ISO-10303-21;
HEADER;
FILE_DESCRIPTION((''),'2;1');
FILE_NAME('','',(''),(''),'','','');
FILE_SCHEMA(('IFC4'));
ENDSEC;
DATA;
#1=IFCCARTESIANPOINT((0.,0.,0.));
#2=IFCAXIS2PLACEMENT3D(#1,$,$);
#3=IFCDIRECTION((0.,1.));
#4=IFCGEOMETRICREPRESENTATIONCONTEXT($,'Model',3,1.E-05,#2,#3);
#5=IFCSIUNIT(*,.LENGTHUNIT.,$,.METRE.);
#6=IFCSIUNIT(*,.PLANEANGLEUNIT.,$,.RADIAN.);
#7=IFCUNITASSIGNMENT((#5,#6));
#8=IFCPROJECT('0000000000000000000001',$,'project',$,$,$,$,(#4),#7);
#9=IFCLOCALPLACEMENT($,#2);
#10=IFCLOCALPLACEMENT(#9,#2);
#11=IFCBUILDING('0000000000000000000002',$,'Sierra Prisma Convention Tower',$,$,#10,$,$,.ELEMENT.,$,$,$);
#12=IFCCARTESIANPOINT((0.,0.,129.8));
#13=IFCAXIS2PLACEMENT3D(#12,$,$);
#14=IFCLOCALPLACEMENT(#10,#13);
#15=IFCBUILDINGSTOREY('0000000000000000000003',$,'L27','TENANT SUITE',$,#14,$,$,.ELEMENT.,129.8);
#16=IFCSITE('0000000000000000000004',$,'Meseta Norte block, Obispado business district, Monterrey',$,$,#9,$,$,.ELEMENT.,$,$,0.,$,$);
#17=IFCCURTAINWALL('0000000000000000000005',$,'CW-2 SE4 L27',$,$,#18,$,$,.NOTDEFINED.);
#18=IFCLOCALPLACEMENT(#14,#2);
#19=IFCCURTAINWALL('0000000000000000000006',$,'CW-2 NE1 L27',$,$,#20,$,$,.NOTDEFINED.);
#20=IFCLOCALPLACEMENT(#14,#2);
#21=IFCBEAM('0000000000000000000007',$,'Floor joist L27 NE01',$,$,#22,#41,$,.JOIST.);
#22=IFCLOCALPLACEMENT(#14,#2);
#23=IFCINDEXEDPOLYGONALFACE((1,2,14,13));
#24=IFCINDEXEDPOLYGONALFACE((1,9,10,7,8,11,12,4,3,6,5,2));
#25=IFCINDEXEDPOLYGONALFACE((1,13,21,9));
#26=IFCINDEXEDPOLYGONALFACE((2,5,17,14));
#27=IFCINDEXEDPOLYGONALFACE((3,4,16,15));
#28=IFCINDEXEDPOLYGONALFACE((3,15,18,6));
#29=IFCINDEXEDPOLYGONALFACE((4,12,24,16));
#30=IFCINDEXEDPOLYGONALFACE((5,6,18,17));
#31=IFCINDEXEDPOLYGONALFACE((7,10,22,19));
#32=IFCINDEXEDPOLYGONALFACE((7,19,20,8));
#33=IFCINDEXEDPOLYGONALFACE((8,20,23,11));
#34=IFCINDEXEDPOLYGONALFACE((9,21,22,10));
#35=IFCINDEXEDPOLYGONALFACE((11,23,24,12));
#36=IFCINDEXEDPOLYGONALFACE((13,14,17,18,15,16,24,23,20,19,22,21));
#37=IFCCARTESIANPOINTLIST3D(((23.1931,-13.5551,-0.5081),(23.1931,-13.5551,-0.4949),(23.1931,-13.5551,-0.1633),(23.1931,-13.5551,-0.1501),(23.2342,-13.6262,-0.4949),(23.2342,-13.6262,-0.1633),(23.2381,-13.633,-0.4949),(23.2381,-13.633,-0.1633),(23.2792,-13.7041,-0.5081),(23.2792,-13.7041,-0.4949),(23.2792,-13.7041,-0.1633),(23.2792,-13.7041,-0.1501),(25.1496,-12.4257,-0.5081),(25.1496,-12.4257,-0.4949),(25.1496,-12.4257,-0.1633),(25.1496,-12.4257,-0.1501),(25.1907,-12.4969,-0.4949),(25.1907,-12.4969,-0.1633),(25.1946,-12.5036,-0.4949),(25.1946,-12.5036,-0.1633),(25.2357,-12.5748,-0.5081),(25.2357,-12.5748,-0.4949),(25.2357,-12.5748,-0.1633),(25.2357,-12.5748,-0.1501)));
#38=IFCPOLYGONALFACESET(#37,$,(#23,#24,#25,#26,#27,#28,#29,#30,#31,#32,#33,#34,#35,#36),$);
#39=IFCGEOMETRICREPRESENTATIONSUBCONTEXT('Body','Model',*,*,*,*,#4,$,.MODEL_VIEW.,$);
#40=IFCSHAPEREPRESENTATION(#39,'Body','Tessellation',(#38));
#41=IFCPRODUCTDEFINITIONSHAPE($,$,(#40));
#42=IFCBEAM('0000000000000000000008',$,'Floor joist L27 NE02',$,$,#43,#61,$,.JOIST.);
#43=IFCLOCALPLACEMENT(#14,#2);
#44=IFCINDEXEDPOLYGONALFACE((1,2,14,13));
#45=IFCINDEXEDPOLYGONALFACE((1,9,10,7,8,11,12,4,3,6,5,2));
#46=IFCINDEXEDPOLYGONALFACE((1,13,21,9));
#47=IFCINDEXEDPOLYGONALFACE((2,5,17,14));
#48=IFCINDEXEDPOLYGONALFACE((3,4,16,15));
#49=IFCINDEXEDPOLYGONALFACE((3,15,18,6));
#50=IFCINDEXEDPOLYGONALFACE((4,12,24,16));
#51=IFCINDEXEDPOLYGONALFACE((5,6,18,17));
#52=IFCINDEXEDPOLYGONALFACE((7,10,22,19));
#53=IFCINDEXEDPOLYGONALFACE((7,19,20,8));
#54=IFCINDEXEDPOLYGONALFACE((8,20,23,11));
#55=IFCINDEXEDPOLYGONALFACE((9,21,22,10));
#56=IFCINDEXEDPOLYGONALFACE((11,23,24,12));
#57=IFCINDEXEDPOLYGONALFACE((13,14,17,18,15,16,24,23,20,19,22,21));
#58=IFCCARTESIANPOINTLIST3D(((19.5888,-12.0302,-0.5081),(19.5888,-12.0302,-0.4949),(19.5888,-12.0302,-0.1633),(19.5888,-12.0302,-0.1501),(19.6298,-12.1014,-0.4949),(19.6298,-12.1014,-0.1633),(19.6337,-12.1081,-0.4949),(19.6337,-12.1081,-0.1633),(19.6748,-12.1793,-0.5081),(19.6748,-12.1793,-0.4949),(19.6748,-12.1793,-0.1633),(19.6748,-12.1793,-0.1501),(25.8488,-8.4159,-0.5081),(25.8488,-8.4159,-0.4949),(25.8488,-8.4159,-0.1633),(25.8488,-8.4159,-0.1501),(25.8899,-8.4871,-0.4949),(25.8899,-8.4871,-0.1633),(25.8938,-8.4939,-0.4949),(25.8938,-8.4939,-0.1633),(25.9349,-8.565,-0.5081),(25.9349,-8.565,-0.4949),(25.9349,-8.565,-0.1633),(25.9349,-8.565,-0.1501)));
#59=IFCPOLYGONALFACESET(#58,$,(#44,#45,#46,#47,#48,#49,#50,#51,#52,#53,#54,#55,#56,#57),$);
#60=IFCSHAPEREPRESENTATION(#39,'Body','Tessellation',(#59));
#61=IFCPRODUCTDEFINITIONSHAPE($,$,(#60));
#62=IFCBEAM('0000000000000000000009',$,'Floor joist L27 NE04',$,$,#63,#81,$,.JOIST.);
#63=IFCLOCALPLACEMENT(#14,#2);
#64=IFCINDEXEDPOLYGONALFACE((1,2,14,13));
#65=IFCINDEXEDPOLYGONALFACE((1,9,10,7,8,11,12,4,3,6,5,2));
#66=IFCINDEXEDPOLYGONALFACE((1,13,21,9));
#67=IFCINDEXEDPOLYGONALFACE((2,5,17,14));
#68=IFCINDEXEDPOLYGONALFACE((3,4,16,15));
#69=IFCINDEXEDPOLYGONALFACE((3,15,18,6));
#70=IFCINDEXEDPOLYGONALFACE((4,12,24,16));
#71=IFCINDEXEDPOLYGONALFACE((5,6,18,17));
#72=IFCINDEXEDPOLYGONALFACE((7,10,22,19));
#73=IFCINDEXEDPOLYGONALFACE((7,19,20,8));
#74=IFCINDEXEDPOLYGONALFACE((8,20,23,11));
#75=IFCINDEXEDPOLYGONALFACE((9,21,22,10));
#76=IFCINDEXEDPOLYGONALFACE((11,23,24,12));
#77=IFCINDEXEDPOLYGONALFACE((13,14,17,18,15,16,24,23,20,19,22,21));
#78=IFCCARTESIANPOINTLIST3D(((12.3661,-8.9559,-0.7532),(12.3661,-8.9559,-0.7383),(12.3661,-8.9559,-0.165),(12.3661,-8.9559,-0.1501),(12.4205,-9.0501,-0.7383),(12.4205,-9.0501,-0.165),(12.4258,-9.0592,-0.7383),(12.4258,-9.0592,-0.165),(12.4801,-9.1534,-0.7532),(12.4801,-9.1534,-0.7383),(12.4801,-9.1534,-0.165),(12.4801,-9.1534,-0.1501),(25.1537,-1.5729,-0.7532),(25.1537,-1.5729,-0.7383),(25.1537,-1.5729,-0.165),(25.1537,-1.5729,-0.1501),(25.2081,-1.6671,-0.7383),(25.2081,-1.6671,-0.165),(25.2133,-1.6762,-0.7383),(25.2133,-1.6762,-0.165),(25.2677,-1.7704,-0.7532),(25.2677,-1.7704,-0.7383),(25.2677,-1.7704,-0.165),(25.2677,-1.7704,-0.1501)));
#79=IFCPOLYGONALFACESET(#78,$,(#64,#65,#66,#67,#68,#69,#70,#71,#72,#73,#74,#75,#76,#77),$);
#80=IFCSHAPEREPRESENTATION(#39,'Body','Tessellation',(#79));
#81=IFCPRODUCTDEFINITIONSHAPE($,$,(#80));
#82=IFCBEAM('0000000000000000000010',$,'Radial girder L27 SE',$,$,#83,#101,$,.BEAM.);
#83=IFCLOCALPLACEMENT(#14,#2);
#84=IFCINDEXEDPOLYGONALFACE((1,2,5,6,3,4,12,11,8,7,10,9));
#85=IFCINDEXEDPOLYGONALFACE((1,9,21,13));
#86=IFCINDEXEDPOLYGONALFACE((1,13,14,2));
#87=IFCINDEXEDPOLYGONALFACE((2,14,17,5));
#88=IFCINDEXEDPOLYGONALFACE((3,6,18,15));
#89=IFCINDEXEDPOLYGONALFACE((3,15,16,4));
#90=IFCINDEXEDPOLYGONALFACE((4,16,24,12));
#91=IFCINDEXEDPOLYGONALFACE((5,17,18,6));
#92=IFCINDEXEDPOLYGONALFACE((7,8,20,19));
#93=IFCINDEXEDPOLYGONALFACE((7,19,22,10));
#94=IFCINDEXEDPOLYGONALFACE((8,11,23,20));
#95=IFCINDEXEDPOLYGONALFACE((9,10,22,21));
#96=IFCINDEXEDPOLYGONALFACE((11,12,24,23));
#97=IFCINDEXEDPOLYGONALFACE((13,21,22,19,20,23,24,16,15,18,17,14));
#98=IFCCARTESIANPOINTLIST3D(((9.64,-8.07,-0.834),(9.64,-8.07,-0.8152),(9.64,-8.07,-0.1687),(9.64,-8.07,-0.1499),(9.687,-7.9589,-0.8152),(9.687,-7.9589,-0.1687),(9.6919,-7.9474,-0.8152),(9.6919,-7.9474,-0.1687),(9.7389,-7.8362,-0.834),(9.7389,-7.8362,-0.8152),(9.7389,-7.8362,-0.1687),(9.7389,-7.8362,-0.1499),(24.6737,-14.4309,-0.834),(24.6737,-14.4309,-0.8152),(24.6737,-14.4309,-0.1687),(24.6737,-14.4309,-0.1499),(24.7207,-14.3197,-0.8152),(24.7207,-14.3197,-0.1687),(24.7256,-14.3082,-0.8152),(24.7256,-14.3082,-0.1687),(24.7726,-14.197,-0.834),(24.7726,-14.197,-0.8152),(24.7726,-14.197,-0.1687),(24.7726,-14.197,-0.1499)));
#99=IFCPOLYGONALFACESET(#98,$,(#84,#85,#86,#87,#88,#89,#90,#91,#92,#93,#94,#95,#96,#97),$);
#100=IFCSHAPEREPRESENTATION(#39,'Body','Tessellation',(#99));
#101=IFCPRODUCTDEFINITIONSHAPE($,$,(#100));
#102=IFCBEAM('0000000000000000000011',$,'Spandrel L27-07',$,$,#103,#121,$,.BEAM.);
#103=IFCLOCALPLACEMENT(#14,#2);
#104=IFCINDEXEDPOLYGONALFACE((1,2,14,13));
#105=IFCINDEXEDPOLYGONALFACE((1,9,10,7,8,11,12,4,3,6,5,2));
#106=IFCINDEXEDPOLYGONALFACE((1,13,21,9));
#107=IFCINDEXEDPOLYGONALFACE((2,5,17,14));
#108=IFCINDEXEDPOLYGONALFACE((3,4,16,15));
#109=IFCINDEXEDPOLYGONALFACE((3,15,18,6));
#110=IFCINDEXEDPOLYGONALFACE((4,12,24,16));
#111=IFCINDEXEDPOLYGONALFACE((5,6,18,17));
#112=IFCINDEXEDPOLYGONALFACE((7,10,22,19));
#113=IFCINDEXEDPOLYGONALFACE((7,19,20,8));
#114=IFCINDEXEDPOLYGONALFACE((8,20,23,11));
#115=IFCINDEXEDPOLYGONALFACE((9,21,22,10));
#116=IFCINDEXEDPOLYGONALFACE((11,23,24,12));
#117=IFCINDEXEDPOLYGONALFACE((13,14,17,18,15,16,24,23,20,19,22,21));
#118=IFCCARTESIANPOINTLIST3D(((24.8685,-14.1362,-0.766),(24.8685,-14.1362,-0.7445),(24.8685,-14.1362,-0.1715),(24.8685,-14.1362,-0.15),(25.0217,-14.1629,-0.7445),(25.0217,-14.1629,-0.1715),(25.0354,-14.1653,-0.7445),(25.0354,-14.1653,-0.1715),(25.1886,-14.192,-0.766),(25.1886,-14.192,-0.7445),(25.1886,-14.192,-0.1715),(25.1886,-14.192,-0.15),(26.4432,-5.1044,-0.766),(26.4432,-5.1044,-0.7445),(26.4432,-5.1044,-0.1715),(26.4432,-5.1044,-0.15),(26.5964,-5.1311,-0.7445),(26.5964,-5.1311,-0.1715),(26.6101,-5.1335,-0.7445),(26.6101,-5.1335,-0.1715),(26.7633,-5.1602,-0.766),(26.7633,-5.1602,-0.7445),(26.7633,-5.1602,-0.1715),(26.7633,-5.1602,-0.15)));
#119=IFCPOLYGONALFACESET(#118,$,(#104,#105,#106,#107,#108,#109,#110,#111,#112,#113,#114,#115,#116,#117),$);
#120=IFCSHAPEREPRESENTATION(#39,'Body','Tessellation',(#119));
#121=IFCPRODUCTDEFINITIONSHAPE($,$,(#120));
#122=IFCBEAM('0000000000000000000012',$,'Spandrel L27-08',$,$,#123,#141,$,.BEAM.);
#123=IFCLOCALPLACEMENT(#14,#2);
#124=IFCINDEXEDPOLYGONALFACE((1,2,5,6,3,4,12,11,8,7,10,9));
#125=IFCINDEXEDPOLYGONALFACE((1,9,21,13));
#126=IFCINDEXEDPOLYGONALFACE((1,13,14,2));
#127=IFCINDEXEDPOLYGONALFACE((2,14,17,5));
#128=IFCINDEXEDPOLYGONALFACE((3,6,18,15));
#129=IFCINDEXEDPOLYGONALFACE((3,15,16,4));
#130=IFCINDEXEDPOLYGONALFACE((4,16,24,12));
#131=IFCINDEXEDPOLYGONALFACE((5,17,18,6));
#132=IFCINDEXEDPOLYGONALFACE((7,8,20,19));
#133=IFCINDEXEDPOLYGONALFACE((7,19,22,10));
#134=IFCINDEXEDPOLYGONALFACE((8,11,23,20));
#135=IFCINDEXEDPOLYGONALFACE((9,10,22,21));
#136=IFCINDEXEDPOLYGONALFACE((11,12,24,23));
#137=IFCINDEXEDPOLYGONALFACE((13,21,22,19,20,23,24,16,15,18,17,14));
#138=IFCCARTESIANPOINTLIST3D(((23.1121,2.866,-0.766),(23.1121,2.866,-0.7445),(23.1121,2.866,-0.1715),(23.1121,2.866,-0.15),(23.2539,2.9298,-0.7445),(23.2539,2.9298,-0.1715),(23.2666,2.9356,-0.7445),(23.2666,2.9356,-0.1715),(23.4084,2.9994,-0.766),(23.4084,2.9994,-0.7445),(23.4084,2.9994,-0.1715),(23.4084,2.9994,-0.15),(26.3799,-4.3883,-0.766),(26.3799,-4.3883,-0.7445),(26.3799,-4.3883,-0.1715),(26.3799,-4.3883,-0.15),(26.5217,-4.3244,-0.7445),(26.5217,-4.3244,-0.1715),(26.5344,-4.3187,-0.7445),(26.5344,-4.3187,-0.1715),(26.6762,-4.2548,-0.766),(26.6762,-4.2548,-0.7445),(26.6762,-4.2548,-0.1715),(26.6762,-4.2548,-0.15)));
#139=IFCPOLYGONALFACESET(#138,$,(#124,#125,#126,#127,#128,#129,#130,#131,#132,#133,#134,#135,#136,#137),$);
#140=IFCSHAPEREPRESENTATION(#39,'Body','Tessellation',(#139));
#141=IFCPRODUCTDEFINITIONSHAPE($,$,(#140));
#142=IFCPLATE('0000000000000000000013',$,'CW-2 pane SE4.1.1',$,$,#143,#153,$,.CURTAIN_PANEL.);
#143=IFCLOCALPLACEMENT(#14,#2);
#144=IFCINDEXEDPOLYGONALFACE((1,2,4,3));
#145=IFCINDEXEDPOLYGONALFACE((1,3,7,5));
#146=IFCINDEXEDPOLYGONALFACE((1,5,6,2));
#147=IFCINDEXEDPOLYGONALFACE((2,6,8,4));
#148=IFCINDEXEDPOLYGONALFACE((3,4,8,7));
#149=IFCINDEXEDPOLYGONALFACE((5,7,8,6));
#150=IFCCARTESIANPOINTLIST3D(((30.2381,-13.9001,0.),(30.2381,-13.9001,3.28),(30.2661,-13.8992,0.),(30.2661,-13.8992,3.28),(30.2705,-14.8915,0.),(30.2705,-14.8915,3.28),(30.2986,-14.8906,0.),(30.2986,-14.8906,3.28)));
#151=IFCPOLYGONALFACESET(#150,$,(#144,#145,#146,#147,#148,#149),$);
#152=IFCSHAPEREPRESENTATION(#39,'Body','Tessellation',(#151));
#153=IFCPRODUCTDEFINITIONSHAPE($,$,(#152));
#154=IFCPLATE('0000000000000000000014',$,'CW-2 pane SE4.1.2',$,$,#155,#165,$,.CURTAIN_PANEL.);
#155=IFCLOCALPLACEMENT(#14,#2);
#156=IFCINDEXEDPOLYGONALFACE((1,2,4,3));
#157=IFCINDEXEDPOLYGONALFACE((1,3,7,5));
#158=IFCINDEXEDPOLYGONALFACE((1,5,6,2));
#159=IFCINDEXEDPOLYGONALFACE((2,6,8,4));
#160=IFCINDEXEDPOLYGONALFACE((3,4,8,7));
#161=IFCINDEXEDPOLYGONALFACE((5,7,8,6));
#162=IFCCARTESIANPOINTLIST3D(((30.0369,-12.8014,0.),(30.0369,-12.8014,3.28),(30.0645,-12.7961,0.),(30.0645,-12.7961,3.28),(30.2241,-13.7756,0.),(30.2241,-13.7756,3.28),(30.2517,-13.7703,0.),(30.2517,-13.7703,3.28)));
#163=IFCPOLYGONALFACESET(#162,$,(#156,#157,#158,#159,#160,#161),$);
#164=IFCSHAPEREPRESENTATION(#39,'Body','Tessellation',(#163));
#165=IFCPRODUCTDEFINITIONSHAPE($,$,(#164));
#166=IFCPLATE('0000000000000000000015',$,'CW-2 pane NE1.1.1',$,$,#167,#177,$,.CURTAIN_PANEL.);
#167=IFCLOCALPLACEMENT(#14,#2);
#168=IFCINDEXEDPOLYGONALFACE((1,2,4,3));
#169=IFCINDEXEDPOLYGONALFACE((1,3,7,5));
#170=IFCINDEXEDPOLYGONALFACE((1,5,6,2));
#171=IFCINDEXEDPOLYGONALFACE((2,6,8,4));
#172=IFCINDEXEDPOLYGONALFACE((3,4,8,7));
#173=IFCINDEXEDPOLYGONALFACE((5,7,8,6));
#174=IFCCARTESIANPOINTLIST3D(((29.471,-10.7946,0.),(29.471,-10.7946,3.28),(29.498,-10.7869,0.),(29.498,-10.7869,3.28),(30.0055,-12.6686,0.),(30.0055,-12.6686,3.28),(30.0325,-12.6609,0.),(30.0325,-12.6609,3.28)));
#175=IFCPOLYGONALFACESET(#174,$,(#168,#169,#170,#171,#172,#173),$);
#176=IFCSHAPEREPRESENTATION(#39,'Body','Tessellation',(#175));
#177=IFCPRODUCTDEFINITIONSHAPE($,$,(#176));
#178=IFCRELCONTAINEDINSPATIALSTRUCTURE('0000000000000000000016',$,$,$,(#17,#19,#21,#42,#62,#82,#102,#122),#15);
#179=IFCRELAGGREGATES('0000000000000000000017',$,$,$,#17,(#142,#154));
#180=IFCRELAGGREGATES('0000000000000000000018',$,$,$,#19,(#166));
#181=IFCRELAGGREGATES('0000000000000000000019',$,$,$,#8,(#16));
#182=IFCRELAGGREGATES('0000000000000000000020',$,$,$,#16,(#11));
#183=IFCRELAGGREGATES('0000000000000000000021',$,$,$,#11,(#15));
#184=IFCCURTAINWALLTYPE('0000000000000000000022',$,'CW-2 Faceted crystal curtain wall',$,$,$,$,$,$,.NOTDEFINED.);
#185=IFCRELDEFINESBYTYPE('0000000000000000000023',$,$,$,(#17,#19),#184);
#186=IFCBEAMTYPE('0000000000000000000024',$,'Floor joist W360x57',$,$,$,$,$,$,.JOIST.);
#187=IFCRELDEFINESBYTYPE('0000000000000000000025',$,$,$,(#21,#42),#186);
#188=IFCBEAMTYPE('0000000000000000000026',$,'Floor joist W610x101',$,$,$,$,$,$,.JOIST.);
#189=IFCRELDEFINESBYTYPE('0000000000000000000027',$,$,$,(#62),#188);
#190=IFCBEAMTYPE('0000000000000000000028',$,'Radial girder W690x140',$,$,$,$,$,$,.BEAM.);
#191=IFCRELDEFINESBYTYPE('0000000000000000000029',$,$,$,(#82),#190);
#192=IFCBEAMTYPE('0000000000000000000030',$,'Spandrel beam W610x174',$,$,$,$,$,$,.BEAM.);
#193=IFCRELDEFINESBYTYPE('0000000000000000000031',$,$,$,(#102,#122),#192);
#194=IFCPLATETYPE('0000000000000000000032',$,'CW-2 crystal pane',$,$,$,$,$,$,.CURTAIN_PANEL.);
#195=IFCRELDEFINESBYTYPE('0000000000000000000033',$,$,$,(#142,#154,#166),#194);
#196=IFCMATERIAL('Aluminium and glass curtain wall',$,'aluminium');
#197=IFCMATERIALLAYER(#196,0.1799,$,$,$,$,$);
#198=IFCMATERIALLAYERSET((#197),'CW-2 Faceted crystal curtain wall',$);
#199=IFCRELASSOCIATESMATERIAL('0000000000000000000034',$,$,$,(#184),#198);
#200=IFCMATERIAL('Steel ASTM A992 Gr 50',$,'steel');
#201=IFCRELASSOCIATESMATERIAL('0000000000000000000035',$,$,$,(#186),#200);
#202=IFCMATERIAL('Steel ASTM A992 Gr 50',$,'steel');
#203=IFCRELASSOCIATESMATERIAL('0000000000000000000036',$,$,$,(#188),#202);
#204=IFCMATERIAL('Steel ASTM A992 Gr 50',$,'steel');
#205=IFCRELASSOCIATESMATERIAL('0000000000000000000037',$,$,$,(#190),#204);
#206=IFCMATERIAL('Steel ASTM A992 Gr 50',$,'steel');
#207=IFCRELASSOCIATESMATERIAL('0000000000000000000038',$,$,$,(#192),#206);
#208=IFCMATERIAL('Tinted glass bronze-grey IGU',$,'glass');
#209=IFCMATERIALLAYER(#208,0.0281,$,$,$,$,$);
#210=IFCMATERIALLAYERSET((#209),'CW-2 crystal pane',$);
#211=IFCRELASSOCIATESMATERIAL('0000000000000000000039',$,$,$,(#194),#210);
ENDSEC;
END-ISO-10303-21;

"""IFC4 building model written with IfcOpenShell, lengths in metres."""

from ifc_helpers import new_model, si_unit, direction, frame, origin, origin_2d, place, context, subcontext, project, spatial, polyline, i_section, outline, extrude, material, layer, layer_set, material_profile, profile_set, type_object, element, aggregate, save


model = new_model("IFC4")

# Units and contexts
model_context = context("Model", 3, precision=1e-05, world=origin(), true_north=direction((0.0, 1.0)))
body_context = subcontext(model_context, "Body", "Model", "MODEL_VIEW")
ifc_project = project(units=[si_unit("LENGTHUNIT", "METRE"), si_unit("PLANEANGLEUNIT", "RADIAN")], contexts=[model_context])

# Site, building, storey
site_placement = place(None, origin())
site = spatial("IfcSite", under=ifc_project, at=site_placement, Name="Meseta Norte block, Obispado business district, Monterrey", CompositionType="ELEMENT", RefElevation=0.0)
building_placement = place(site_placement, origin())
building = spatial("IfcBuilding", under=site, at=building_placement, Name="Sierra Prisma Convention Tower", CompositionType="ELEMENT")
storey_placement = place(building_placement, frame((0.0, 0.0, 129.8)))
storey = spatial("IfcBuildingStorey", under=building, at=storey_placement, Name="L27", Description="TENANT SUITE", CompositionType="ELEMENT", Elevation=129.8)

# Curtain wall
ifc_material_1 = material(Name="Aluminium and glass curtain wall", Category="aluminium")
ifc_layer_1 = layer(ifc_material_1, 0.1799)
ifc_layer_set_1 = layer_set([ifc_layer_1], Name="CW-2 Faceted crystal curtain wall")
curtain_wall_type = type_object("IfcCurtainWallType", Name="CW-2 Faceted crystal curtain wall", PredefinedType="NOTDEFINED", material=ifc_layer_set_1)
curtain_wall_1_placement = place(storey_placement, origin())
curtain_wall_1 = element("IfcCurtainWall", 1, at=curtain_wall_1_placement, inside=storey, type_object=curtain_wall_type, Name="CW-2 SE4 L27", PredefinedType="NOTDEFINED")

# Curtain wall
curtain_wall_2_placement = place(storey_placement, origin())
curtain_wall_2 = element("IfcCurtainWall", 2, at=curtain_wall_2_placement, inside=storey, type_object=curtain_wall_type, Name="CW-2 NE1 L27", PredefinedType="NOTDEFINED")

# Beams
ifc_material_2 = material(Name="Steel ASTM A992 Gr 50", Category="steel")
ifc_material_profile_1 = material_profile(ifc_material_2, i_section(OverallWidth=0.1721, OverallDepth=0.3579, WebThickness=0.0078, FlangeThickness=0.0132, at=origin_2d()), Name="W360x57")
ifc_profile_set_1 = profile_set([ifc_material_profile_1], Name="Steel ASTM A992 Gr 50")
beam_type_1 = type_object("IfcBeamType", Name="Floor joist W360x57", PredefinedType="JOIST", material=ifc_profile_set_1)
beam_1_placement = place(storey_placement, frame((25.1926, -12.5002, -0.3291), z_axis=(-0.866067, -0.499928, 0.0), x_axis=(0.499928, -0.866067, 0.0)))
element("IfcBeam", 3, at=beam_1_placement, inside=storey, type_object=beam_type_1, Name="Floor joist L27 NE01", PredefinedType="JOIST", context=body_context, shape_type="SweptSolid", body=[
    extrude(i_section(OverallWidth=0.1721, OverallDepth=0.3579, WebThickness=0.0078, FlangeThickness=0.0132, at=origin_2d()), origin(), (0.0, 0.0, 1.0), 2.259),
])
beam_2_placement = place(storey_placement, frame((25.8918, -8.4905, -0.3291), z_axis=(-0.866023, -0.500004, 0.0), x_axis=(0.500004, -0.866023, 0.0)))
element("IfcBeam", 4, at=beam_2_placement, inside=storey, type_object=beam_type_1, Name="Floor joist L27 NE02", PredefinedType="JOIST", context=body_context, shape_type="SweptSolid", body=[
    extrude(i_section(OverallWidth=0.1721, OverallDepth=0.3579, WebThickness=0.0078, FlangeThickness=0.0132, at=origin_2d()), origin(), (0.0, 0.0, 1.0), 7.2285),
])
ifc_material_3 = material(Name="Steel ASTM A992 Gr 50", Category="steel")
ifc_material_profile_2 = material_profile(ifc_material_3, i_section(OverallWidth=0.228, OverallDepth=0.603, WebThickness=0.0105, FlangeThickness=0.0149, at=origin_2d()), Name="W610x101")
ifc_profile_set_2 = profile_set([ifc_material_profile_2], Name="Steel ASTM A992 Gr 50")
beam_type_2 = type_object("IfcBeamType", Name="Floor joist W610x101", PredefinedType="JOIST", material=ifc_profile_set_2)
beam_3_placement = place(storey_placement, frame((25.2107, -1.6716, -0.4517), z_axis=(-0.866021, -0.500007, 0.0), x_axis=(0.500007, -0.866021, 0.0)))
element("IfcBeam", 5, at=beam_3_placement, inside=storey, type_object=beam_type_2, Name="Floor joist L27 NE04", PredefinedType="JOIST", context=body_context, shape_type="SweptSolid", body=[
    extrude(i_section(OverallWidth=0.228, OverallDepth=0.603, WebThickness=0.0105, FlangeThickness=0.0149, at=origin_2d()), origin(), (0.0, 0.0, 1.0), 14.7659),
])
ifc_material_4 = material(Name="Steel ASTM A992 Gr 50", Category="steel")
ifc_material_profile_3 = material_profile(ifc_material_4, i_section(OverallWidth=0.2539, OverallDepth=0.6841, WebThickness=0.0125, FlangeThickness=0.0188, at=origin_2d()), Name="W690x140")
ifc_profile_set_3 = profile_set([ifc_material_profile_3], Name="Steel ASTM A992 Gr 50")
beam_type_3 = type_object("IfcBeamType", Name="Radial girder W690x140", PredefinedType="BEAM", material=ifc_profile_set_3)
beam_4_placement = place(storey_placement, frame((24.7231, -14.314, -0.4919), z_axis=(-0.920958, 0.389662, 0.0), x_axis=(-0.389662, -0.920958, 0.0)))
element("IfcBeam", 6, at=beam_4_placement, inside=storey, type_object=beam_type_3, Name="Radial girder L27 SE", PredefinedType="BEAM", context=body_context, shape_type="SweptSolid", body=[
    extrude(i_section(OverallWidth=0.2539, OverallDepth=0.6841, WebThickness=0.0125, FlangeThickness=0.0188, at=origin_2d()), origin(), (0.0, 0.0, 1.0), 16.324),
])
ifc_material_5 = material(Name="Steel ASTM A992 Gr 50", Category="steel")
ifc_material_profile_4 = material_profile(ifc_material_5, i_section(OverallWidth=0.325, OverallDepth=0.616, WebThickness=0.0139, FlangeThickness=0.0215, at=origin_2d()), Name="W610x174")
ifc_profile_set_4 = profile_set([ifc_material_profile_4], Name="Steel ASTM A992 Gr 50")
beam_type_4 = type_object("IfcBeamType", Name="Spandrel beam W610x174", PredefinedType="BEAM", material=ifc_profile_set_4)
beam_5_placement = place(storey_placement, frame((25.0286, -14.1641, -0.458), z_axis=(0.171761, 0.985139, 0.0), x_axis=(-0.985139, 0.171761, 0.0)))
element("IfcBeam", 7, at=beam_5_placement, inside=storey, type_object=beam_type_4, Name="Spandrel L27-07", PredefinedType="BEAM", context=body_context, shape_type="SweptSolid", body=[
    extrude(i_section(OverallWidth=0.325, OverallDepth=0.616, WebThickness=0.0139, FlangeThickness=0.0215, at=origin_2d()), origin(), (0.0, 0.0, 1.0), 9.168),
])
beam_6_placement = place(storey_placement, frame((26.5281, -4.3215, -0.458), z_axis=(-0.410726, 0.911759, 0.0), x_axis=(-0.911759, -0.410726, 0.0)))
element("IfcBeam", 8, at=beam_6_placement, inside=storey, type_object=beam_type_4, Name="Spandrel L27-08", PredefinedType="BEAM", context=body_context, shape_type="SweptSolid", body=[
    extrude(i_section(OverallWidth=0.325, OverallDepth=0.616, WebThickness=0.0139, FlangeThickness=0.0215, at=origin_2d()), origin(), (0.0, 0.0, 1.0), 7.9563),
])

# Plates
ifc_material_6 = material(Name="Tinted glass bronze-grey IGU", Category="glass")
ifc_layer_2 = layer(ifc_material_6, 0.0281)
ifc_layer_set_2 = layer_set([ifc_layer_2], Name="CW-2 crystal pane")
plate_type = type_object("IfcPlateType", Name="CW-2 crystal pane", PredefinedType="CURTAIN_PANEL", material=ifc_layer_set_2)
plate_1_placement = place(storey_placement, frame((30.2986, -14.8906, 0.0), z_axis=(0.999464, 0.032733, 0.0), x_axis=(-0.032733, 0.999464, 0.0)))
plate_1 = element("IfcPlate", 9, at=plate_1_placement, type_object=plate_type, Name="CW-2 pane SE4.1.1", PredefinedType="CURTAIN_PANEL", context=body_context, shape_type="SweptSolid", body=[
    extrude(outline(polyline([(0.0, 0.0), (0.992, 0.0), (0.992, 3.28), (0.0, 3.28), (0.0, 0.0)])), origin(), (0.0, 0.0, -1.0), 0.0281),
])
plate_2_placement = place(storey_placement, frame((30.0645, -12.7961, 0.0), z_axis=(0.98202, 0.188774, 0.0), x_axis=(0.188774, -0.98202, 0.0)))
plate_2 = element("IfcPlate", 10, at=plate_2_placement, type_object=plate_type, Name="CW-2 pane SE4.1.2", PredefinedType="CURTAIN_PANEL", context=body_context, shape_type="SweptSolid", body=[
    extrude(outline(polyline([(0.0, 0.0), (0.992, 0.0), (0.992, -3.28), (0.0, -3.28), (0.0, 0.0)])), origin(), (0.0, 0.0, -1.0), 0.0281),
])
aggregate(curtain_wall_1, [plate_1, plate_2])
plate_3_placement = place(storey_placement, frame((30.0325, -12.6609, 0.0), z_axis=(0.961661, 0.274241, 0.0), x_axis=(-0.274241, 0.961661, 0.0)))
plate_3 = element("IfcPlate", 11, at=plate_3_placement, type_object=plate_type, Name="CW-2 pane NE1.1.1", PredefinedType="CURTAIN_PANEL", context=body_context, shape_type="SweptSolid", body=[
    extrude(outline(polyline([(0.0, 0.0), (1.9487, 0.0), (1.9487, 3.28), (0.0, 3.28), (0.0, 0.0)])), origin(), (0.0, 0.0, -1.0), 0.0281),
])
aggregate(curtain_wall_2, [plate_3])

save(model, "model.ifc")
